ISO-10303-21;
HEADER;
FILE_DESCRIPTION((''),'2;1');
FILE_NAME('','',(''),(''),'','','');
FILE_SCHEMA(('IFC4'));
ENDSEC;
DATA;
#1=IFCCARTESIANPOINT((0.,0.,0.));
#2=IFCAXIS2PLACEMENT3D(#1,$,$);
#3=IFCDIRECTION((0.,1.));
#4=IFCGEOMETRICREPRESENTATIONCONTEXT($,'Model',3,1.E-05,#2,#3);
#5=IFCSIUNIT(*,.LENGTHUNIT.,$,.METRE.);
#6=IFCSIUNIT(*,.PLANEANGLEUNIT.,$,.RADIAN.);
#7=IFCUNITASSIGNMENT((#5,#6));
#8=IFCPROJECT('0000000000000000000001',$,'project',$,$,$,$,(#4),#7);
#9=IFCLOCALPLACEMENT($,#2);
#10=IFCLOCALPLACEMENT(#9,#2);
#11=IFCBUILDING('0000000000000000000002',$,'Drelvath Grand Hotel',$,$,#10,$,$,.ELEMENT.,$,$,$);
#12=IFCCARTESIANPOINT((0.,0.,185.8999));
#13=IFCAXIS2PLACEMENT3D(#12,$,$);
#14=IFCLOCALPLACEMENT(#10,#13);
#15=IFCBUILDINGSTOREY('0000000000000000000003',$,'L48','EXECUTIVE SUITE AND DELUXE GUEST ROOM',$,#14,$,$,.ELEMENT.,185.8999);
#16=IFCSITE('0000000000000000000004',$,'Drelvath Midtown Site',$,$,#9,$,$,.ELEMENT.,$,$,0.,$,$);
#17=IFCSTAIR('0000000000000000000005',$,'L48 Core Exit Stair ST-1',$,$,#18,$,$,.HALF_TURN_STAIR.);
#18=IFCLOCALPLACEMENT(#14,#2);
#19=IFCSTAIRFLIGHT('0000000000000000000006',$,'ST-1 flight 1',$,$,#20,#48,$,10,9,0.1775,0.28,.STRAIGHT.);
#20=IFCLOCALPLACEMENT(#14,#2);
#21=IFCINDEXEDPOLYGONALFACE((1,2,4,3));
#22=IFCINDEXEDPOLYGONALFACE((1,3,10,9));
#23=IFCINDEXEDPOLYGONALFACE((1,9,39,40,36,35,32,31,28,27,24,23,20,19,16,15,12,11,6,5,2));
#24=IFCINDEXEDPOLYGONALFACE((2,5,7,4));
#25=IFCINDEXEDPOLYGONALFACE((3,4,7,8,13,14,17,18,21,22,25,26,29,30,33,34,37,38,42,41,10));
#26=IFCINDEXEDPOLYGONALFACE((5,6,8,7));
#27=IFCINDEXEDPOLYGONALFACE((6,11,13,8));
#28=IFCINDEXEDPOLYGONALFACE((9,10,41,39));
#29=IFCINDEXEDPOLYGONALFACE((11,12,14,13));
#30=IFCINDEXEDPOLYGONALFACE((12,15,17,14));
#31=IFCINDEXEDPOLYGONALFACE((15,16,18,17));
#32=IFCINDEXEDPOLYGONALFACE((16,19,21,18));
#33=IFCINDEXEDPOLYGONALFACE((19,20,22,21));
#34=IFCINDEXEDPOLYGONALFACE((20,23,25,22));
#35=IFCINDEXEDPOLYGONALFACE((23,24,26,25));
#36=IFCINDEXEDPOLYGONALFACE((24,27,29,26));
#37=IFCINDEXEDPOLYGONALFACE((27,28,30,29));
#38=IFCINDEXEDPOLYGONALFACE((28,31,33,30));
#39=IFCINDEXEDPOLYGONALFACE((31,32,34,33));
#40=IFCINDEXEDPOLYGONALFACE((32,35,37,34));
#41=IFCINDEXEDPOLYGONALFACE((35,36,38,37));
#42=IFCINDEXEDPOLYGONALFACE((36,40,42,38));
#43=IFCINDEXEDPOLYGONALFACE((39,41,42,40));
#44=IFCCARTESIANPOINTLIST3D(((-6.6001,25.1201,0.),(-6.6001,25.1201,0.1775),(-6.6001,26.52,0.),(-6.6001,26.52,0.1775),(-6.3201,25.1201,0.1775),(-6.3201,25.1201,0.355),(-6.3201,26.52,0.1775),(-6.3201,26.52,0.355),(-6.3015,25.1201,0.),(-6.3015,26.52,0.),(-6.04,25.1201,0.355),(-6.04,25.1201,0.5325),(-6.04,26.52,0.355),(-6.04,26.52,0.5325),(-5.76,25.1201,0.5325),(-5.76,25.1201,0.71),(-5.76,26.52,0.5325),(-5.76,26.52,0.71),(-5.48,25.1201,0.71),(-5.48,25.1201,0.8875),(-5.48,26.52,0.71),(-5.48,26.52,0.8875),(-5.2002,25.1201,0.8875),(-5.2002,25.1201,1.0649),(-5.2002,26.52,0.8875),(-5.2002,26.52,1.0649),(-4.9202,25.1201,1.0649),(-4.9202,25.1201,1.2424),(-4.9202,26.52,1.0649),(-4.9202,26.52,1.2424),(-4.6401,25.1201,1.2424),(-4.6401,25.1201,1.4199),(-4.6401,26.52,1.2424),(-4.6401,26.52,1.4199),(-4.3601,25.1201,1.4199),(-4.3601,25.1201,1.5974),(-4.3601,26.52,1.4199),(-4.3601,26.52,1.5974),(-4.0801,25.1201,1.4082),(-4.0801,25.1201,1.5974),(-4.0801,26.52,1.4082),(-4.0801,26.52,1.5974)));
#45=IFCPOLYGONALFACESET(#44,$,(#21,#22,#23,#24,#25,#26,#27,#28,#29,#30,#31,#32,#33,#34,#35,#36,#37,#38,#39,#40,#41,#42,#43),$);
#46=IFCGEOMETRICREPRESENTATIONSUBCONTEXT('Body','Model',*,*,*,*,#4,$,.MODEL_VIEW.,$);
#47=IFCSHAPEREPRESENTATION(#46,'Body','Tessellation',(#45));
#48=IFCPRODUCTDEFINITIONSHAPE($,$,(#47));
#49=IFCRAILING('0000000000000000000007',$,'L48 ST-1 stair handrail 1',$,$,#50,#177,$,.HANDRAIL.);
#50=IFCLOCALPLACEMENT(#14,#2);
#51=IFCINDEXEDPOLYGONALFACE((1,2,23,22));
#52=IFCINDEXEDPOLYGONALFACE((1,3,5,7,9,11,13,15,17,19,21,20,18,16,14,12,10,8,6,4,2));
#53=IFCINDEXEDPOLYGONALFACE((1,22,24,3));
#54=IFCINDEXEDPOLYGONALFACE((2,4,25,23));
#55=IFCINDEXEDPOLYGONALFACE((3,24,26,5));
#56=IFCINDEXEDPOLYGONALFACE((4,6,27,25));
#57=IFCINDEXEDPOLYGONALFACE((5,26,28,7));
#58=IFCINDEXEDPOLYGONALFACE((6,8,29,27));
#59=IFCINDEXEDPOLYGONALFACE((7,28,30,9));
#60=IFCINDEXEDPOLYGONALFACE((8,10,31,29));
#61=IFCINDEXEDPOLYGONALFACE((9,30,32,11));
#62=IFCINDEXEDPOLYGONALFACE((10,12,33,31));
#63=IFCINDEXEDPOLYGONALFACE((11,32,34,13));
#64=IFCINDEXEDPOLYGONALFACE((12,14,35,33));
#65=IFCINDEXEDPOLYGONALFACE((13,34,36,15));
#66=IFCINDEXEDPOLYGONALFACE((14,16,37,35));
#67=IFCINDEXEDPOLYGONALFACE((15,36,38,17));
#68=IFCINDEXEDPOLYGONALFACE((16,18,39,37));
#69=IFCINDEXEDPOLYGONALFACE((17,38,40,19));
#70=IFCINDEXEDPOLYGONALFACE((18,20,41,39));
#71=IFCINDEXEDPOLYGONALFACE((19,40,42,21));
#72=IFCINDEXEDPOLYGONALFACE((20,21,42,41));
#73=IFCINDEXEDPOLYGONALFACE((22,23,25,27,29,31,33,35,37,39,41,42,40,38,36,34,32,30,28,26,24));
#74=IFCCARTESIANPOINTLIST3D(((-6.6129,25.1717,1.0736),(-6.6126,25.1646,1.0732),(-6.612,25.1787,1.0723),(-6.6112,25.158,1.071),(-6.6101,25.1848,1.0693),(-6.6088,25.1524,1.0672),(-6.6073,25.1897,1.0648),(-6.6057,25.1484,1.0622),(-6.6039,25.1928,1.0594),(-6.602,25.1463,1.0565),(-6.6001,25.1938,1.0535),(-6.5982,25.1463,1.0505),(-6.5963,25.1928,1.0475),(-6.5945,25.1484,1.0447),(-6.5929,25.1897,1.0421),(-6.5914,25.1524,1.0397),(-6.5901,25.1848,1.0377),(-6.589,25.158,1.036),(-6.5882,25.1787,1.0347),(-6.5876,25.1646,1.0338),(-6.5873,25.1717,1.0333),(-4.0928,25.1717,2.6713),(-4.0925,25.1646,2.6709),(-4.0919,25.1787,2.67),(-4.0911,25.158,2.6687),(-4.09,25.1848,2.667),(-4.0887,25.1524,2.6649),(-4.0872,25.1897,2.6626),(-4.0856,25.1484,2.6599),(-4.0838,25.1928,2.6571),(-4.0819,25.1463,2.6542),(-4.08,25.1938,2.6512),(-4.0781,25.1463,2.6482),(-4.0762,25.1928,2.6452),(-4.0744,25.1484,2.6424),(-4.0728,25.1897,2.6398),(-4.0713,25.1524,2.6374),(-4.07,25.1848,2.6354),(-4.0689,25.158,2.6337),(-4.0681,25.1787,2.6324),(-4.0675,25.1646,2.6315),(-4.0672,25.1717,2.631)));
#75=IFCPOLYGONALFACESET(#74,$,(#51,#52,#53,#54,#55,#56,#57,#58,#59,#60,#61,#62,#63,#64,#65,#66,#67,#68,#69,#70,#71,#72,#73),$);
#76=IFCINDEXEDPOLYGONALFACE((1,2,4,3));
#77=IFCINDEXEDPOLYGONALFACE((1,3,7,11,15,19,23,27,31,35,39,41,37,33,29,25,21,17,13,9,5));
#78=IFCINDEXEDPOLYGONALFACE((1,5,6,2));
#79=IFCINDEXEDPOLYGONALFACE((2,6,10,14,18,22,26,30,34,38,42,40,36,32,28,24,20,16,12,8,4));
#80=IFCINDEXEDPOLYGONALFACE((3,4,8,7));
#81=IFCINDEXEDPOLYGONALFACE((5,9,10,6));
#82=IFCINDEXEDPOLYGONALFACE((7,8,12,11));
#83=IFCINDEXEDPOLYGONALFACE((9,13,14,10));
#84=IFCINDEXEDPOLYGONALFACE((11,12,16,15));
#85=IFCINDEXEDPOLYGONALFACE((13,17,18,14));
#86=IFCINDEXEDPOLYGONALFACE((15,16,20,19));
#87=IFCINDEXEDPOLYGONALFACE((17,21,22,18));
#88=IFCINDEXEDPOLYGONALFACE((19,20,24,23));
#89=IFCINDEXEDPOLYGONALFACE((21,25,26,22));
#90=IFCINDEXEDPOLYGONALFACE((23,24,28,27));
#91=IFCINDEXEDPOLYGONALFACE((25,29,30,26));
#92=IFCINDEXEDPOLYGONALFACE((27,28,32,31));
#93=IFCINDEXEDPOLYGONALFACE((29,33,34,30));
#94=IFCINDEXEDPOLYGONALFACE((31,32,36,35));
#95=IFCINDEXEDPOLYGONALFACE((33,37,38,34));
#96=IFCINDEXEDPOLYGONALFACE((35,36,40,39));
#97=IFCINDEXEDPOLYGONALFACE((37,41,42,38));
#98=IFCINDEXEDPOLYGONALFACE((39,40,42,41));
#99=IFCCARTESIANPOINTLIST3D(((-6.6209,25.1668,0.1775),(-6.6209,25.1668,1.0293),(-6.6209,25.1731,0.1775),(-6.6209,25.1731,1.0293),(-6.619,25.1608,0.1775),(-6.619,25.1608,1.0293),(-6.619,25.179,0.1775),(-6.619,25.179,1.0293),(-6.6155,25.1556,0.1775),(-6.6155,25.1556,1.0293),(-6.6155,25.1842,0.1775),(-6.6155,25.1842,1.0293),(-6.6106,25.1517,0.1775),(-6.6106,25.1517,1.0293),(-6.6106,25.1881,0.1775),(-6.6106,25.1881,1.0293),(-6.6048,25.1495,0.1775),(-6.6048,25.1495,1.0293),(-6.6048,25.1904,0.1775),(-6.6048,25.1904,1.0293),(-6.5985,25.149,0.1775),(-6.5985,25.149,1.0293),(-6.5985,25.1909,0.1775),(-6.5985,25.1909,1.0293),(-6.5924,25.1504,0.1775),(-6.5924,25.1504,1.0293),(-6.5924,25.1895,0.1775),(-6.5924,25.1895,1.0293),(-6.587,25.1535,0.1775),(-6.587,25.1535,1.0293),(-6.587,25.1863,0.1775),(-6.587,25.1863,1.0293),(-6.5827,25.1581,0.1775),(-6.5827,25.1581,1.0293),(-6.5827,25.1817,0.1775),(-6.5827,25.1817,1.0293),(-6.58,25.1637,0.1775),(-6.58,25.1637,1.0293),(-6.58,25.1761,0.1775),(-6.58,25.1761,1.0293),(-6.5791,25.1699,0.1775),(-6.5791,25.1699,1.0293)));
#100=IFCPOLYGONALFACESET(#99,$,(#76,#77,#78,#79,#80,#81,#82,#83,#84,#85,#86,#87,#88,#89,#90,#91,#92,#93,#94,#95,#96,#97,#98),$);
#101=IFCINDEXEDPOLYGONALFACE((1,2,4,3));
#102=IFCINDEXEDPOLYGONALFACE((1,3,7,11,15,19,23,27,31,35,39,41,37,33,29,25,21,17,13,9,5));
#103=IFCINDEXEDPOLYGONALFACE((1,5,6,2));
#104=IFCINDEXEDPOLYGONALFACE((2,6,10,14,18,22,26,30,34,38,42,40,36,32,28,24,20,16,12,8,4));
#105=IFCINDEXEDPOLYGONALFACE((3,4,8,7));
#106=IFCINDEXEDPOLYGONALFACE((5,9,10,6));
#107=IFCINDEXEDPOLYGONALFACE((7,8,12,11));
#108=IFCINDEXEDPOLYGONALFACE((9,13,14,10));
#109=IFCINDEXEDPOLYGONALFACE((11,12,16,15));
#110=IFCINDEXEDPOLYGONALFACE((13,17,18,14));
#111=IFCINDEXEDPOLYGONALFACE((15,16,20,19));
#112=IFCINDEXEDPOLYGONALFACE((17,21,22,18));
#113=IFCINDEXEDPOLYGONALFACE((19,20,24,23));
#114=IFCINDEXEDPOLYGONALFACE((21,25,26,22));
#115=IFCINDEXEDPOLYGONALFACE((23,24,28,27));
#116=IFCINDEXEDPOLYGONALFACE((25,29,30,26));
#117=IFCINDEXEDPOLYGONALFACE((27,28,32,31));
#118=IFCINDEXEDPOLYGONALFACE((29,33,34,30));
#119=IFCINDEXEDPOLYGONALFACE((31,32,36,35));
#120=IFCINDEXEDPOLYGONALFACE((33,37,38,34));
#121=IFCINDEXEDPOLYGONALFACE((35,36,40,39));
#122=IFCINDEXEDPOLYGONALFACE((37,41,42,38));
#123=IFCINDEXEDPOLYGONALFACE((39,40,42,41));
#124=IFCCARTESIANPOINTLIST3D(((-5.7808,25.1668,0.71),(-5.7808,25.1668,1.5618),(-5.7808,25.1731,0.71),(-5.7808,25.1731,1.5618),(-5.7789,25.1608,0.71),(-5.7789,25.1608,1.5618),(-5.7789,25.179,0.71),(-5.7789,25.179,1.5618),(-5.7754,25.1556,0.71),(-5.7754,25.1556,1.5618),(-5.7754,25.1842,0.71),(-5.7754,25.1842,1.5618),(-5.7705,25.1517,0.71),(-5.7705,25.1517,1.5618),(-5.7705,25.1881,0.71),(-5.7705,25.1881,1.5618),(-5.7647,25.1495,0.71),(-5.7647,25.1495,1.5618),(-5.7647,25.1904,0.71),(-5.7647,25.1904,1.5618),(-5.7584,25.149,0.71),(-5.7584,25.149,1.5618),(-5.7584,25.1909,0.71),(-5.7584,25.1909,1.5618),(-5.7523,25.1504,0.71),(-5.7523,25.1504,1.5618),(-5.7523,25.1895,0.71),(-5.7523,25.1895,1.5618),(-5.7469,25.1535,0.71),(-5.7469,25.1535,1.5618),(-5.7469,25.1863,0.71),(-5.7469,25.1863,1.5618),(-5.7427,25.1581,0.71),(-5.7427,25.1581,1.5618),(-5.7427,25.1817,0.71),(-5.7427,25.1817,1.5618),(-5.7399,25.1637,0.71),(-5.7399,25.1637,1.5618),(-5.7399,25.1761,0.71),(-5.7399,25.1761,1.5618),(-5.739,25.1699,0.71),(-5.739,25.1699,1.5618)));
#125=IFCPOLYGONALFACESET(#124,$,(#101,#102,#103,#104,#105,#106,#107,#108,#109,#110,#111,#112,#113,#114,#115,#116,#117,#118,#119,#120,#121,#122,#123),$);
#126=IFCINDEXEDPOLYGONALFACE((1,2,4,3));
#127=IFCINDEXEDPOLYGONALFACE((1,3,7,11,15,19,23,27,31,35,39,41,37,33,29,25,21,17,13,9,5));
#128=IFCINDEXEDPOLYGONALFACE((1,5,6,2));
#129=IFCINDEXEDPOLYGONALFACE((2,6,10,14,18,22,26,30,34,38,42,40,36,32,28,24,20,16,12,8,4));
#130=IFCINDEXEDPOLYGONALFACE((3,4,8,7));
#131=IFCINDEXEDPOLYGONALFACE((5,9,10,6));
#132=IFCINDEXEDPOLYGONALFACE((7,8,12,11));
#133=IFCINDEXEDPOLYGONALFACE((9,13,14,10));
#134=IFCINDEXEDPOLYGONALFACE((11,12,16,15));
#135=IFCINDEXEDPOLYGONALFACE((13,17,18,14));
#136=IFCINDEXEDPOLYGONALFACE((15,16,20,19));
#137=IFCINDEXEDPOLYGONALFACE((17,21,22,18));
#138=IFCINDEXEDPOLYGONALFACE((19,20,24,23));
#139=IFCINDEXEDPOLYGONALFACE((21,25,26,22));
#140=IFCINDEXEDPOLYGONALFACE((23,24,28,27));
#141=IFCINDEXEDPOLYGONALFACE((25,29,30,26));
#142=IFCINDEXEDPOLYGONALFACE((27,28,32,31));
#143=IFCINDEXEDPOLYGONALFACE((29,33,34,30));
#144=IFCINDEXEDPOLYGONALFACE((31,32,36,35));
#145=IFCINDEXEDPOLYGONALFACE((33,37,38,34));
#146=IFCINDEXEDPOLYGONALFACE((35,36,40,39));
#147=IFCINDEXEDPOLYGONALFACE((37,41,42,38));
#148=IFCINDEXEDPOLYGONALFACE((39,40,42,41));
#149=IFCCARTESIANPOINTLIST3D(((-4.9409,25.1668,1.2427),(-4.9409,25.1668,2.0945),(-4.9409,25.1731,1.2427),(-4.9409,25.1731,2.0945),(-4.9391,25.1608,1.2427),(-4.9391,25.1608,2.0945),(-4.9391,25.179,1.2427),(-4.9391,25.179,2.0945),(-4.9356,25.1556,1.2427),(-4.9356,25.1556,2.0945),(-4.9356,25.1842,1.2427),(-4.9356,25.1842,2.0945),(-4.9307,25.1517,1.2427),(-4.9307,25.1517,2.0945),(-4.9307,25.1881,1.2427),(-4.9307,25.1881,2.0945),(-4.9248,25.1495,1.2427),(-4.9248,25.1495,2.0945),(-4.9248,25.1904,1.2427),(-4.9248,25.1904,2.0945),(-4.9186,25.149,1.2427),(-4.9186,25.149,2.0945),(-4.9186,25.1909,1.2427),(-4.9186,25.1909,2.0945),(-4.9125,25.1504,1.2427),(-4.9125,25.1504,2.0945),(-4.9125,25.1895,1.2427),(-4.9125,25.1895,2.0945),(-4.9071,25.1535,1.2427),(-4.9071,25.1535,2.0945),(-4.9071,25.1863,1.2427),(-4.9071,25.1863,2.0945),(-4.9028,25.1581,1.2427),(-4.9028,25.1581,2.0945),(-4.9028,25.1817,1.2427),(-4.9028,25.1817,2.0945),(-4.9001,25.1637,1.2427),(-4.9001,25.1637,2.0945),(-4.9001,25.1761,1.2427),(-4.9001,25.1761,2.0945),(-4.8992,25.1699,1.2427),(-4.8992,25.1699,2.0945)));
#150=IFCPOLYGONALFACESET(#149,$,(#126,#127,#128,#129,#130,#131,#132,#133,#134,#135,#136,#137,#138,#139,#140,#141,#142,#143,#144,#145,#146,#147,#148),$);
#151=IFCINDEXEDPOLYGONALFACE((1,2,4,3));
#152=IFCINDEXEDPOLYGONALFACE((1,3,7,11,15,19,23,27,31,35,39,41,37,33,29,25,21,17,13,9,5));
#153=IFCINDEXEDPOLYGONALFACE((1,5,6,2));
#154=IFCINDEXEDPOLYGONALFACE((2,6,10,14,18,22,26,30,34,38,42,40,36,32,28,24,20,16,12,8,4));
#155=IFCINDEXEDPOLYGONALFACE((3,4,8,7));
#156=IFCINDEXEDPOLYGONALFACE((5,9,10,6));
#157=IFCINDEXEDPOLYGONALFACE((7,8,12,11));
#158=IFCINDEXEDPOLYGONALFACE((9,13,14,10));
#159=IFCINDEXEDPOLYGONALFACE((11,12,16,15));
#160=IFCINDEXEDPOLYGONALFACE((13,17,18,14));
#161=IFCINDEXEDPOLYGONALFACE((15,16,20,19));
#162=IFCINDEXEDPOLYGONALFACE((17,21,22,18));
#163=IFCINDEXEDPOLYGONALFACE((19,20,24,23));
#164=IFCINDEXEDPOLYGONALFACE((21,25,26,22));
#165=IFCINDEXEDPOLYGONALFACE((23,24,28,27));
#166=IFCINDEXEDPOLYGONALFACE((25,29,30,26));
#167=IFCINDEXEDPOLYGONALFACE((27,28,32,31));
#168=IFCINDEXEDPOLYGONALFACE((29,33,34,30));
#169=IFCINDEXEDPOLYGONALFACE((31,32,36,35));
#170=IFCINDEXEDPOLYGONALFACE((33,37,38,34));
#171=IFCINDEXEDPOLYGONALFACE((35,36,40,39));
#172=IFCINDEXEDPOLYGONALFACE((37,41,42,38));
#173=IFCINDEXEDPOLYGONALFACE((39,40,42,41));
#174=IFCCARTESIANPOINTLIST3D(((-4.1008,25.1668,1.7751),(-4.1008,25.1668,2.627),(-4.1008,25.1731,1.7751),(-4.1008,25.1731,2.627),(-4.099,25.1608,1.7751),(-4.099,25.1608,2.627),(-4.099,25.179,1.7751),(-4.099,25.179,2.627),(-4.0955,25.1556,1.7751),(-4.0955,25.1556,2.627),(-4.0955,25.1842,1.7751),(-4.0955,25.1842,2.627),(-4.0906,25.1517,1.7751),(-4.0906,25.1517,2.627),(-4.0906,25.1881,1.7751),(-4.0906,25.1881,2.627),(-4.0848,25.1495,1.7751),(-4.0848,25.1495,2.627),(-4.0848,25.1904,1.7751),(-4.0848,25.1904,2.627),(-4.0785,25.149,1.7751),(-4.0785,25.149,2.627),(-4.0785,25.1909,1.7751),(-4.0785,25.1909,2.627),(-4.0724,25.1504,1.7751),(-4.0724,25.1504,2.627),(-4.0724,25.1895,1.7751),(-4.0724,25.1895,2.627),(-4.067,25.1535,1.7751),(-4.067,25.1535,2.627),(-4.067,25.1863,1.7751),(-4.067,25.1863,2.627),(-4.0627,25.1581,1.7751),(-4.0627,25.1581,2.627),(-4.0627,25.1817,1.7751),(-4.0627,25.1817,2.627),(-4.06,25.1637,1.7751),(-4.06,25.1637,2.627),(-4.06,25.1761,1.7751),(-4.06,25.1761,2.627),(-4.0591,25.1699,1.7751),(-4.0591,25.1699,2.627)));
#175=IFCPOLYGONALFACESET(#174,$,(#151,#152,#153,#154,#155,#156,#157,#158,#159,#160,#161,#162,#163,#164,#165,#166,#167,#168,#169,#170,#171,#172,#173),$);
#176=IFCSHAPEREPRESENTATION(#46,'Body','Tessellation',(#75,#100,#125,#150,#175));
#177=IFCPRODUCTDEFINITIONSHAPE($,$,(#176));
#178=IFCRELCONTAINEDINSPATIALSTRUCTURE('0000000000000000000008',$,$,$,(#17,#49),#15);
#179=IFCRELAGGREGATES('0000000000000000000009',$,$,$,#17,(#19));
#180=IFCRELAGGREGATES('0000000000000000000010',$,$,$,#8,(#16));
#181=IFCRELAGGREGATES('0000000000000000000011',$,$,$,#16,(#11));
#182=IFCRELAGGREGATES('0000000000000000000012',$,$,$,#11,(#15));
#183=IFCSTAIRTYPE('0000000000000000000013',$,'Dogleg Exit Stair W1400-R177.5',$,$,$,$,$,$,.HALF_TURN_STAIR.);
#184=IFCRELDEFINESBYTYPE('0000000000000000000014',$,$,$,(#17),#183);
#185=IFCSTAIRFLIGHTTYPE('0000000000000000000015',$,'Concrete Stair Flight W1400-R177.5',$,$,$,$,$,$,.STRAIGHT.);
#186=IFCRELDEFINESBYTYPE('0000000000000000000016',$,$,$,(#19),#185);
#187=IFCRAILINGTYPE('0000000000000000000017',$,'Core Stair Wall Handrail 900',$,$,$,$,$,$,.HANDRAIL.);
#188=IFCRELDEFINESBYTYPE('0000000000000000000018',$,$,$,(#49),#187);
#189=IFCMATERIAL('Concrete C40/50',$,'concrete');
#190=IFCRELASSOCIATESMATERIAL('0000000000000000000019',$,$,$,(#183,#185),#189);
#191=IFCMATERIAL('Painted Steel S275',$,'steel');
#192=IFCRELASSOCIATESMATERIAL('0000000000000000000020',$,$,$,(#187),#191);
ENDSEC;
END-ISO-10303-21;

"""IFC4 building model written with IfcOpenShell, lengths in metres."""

from ifc_helpers import new_model, si_unit, direction, frame, origin, origin_2d, place, context, subcontext, project, spatial, polyline, circle, outline, extrude, material, type_object, element, aggregate, save


model = new_model("IFC4")

# Units and contexts
model_context = context("Model", 3, precision=1e-05, world=origin(), true_north=direction((0.0, 1.0)))
body_context = subcontext(model_context, "Body", "Model", "MODEL_VIEW")
ifc_project = project(units=[si_unit("LENGTHUNIT", "METRE"), si_unit("PLANEANGLEUNIT", "RADIAN")], contexts=[model_context])

# Site, building, storey
site_placement = place(None, origin())
site = spatial("IfcSite", under=ifc_project, at=site_placement, Name="Drelvath Midtown Site", CompositionType="ELEMENT", RefElevation=0.0)
building_placement = place(site_placement, origin())
building = spatial("IfcBuilding", under=site, at=building_placement, Name="Drelvath Grand Hotel", CompositionType="ELEMENT")
storey_placement = place(building_placement, frame((0.0, 0.0, 185.8999)))
storey = spatial("IfcBuildingStorey", under=building, at=storey_placement, Name="L48", Description="EXECUTIVE SUITE AND DELUXE GUEST ROOM", CompositionType="ELEMENT", Elevation=185.8999)

# Shared definitions
ifc_material_1 = material(Name="Concrete C40/50", Category="concrete")
ifc_material_2 = material(Name="Painted Steel S275", Category="steel")

# Stair, stair flight
stair_type = type_object("IfcStairType", Name="Dogleg Exit Stair W1400-R177.5", PredefinedType="HALF_TURN_STAIR", material=ifc_material_1)
stair_placement = place(storey_placement, origin())
stair = element("IfcStair", 1, at=stair_placement, inside=storey, type_object=stair_type, Name="L48 Core Exit Stair ST-1", PredefinedType="HALF_TURN_STAIR")
stair_flight_type = type_object("IfcStairFlightType", Name="Concrete Stair Flight W1400-R177.5", PredefinedType="STRAIGHT", material=ifc_material_1)
stair_flight_placement = place(storey_placement, frame((-6.6001, 25.8201, 0.0), z_axis=(0.0, 0.0, 1.0), x_axis=(1.0, 0.0, 0.0)))
stair_flight = element("IfcStairFlight", 2, at=stair_flight_placement, type_object=stair_flight_type, Name="ST-1 flight 1", NumberOfRisers=10, NumberOfTreads=9, PredefinedType="STRAIGHT", RiserHeight=0.1775, TreadLength=0.28, context=body_context, shape_type="SweptSolid", body=[
    extrude(outline(polyline([(0.0, 0.0), (0.0, 0.1775), (0.28, 0.1775), (0.28, 0.355), (0.5601, 0.355), (0.5601, 0.5325), (0.8401, 0.5325), (0.8401, 0.71), (1.1201, 0.71), (1.1201, 0.8875), (1.3999, 0.8875), (1.3999, 1.0649), (1.6799, 1.0649), (1.6799, 1.2424), (1.96, 1.2424), (1.96, 1.4199), (2.24, 1.4199), (2.24, 1.5974), (2.52, 1.5974), (2.52, 1.7749), (2.52, 1.4082), (0.2986, 0.0), (0.0, 0.0)])), frame((0.0, 0.7, 0.0), z_axis=(0.0, -1.0, 0.0), x_axis=(1.0, 0.0, 0.0)), (0.0, 0.0, 1.0), 1.3999),
])
aggregate(stair, [stair_flight])

# Railing
railing_type_1 = type_object("IfcRailingType", Name="Core Stair Wall Handrail 900", PredefinedType="HANDRAIL", material=ifc_material_2)
railing_1_placement = place(storey_placement, frame((-6.6001, 25.1699, 0.1775)))
element("IfcRailing", 3, at=railing_1_placement, inside=storey, type_object=railing_type_1, Name="L48 ST-1 stair handrail 1", PredefinedType="HANDRAIL", context=body_context, shape_type="SweptSolid", body=[
    extrude(circle(Radius=0.0239, at=origin_2d()), frame((0.0, 0.0, 0.876), z_axis=(0.84457, 0.0, 0.535445), x_axis=(0.0, 1.0, 0.0)), (0.0, 0.0, 1.0), 2.9839),
    extrude(circle(Radius=0.021, at=origin_2d()), origin(), (0.0, 0.0, 1.0), 0.8518),
    extrude(circle(Radius=0.021, at=origin_2d()), frame((0.8401, 0.0, 0.5325)), (0.0, 0.0, 1.0), 0.8518),
    extrude(circle(Radius=0.021, at=origin_2d()), frame((1.6799, 0.0, 1.0652)), (0.0, 0.0, 1.0), 0.8518),
    extrude(circle(Radius=0.021, at=origin_2d()), frame((2.52, 0.0, 1.5977)), (0.0, 0.0, 1.0), 0.8518),
])

save(model, "model.ifc")
